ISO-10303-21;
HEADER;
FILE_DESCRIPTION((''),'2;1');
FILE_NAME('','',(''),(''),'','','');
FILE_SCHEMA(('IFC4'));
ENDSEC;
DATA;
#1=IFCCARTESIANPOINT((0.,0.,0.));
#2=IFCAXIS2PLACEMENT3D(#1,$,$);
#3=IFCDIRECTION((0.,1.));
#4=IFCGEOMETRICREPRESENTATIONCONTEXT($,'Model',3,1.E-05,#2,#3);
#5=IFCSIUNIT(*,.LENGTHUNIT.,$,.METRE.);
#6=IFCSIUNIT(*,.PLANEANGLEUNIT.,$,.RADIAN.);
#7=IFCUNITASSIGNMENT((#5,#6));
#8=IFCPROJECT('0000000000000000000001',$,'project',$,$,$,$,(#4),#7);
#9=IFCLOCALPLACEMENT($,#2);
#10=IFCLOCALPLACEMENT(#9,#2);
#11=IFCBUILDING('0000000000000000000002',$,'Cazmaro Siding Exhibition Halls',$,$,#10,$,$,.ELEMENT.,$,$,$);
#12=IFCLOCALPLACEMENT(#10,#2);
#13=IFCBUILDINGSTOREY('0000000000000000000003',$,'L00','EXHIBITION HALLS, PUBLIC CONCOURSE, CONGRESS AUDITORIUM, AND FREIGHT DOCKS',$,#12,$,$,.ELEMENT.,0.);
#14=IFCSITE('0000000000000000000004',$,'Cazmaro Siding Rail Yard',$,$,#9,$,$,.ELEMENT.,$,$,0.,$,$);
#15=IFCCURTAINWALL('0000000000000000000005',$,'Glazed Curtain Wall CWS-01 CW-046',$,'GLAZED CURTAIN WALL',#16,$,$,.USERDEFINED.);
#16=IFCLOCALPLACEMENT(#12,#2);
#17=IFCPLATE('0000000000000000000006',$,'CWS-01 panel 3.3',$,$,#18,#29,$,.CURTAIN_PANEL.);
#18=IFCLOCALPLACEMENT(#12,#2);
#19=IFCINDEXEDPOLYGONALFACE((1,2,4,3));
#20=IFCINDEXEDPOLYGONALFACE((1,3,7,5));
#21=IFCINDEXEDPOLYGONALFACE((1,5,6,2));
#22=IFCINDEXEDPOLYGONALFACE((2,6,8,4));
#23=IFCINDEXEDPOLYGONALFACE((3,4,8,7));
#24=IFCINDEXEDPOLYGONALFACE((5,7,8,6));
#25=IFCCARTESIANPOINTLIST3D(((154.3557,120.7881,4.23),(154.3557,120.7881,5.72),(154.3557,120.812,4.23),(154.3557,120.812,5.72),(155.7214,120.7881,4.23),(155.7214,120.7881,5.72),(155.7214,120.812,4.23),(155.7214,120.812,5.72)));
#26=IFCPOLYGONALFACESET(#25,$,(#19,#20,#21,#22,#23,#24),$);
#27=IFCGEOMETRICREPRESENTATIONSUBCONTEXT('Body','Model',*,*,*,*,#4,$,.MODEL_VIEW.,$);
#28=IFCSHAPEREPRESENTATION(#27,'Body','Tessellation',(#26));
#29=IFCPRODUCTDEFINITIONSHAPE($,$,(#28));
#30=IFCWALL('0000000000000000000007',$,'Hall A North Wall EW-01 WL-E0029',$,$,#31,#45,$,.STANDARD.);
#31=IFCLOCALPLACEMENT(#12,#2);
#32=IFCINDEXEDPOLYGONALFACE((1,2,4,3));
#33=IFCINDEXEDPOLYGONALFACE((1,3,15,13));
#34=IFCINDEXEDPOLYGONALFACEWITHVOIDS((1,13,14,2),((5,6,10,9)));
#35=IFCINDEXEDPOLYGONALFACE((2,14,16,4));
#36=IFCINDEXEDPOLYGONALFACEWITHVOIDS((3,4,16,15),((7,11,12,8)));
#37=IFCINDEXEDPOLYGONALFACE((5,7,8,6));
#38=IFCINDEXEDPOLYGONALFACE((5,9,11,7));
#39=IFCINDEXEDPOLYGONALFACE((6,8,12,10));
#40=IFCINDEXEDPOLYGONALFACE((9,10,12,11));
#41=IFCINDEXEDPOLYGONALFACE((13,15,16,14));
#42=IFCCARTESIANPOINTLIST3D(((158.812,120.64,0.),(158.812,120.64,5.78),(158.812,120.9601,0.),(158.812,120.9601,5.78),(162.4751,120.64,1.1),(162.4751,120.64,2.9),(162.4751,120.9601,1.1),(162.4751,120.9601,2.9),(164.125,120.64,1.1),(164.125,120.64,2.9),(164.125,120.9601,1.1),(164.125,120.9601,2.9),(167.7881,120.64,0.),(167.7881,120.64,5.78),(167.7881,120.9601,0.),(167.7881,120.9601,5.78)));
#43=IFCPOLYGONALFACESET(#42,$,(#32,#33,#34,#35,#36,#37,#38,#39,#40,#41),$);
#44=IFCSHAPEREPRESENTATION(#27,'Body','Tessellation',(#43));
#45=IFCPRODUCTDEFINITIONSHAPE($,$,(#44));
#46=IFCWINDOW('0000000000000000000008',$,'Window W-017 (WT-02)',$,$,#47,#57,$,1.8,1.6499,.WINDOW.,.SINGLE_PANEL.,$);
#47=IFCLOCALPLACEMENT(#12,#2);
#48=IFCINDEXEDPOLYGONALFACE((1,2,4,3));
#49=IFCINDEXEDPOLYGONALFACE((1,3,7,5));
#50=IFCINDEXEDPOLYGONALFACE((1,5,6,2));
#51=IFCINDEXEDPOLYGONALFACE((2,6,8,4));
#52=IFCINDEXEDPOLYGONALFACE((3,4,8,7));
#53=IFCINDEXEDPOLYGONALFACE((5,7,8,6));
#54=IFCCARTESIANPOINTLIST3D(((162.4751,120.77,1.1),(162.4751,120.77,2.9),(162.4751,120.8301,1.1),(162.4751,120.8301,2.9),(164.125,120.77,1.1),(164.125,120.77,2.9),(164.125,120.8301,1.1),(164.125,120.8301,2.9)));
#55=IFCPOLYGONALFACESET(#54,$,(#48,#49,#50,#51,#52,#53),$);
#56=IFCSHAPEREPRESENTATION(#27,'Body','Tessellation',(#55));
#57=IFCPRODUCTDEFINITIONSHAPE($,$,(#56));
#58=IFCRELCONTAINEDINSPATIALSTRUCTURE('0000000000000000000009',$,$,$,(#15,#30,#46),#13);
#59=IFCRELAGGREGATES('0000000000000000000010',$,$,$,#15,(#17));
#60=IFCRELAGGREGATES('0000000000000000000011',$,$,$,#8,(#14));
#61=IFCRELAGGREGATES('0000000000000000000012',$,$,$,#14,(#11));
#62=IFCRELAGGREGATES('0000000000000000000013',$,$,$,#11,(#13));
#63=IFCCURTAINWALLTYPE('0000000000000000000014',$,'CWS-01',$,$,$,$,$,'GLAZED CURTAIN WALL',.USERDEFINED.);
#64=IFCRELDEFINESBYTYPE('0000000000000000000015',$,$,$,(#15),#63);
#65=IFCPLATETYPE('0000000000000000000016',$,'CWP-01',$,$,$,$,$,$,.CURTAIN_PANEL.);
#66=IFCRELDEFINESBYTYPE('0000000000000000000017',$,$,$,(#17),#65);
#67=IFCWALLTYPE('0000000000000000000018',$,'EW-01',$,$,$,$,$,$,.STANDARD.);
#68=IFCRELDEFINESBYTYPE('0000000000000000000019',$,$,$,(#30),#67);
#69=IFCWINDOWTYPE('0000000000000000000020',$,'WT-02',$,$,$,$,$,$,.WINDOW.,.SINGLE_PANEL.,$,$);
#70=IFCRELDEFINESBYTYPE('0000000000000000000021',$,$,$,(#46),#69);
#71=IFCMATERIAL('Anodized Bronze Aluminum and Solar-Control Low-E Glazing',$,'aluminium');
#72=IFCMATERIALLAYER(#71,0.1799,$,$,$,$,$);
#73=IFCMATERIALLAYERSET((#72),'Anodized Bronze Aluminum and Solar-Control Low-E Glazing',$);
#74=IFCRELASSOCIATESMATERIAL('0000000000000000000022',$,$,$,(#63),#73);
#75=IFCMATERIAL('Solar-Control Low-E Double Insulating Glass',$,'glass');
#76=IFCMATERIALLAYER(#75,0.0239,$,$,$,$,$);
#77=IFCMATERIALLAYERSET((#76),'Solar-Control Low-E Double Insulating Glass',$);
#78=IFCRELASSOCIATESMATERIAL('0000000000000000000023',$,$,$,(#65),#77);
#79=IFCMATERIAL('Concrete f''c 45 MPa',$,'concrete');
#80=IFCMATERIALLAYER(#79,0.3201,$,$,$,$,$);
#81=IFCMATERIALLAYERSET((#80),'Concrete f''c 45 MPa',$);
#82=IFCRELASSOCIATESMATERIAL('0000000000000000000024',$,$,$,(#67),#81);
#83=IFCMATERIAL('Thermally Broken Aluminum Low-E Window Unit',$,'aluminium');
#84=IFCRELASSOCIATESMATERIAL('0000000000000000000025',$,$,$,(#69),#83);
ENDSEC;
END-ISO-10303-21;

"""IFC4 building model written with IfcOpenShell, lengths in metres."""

from ifc_helpers import new_model, si_unit, direction, frame, frame_2d, origin, origin_2d, place, context, subcontext, project, spatial, rectangle, extrude, material, layer, layer_set, type_object, element, fill, aggregate, save


model = new_model("IFC4")

# Units and contexts
model_context = context("Model", 3, precision=1e-05, world=origin(), true_north=direction((0.0, 1.0)))
body_context = subcontext(model_context, "Body", "Model", "MODEL_VIEW")
ifc_project = project(units=[si_unit("LENGTHUNIT", "METRE"), si_unit("PLANEANGLEUNIT", "RADIAN")], contexts=[model_context])

# Site, building, storey
site_placement = place(None, origin())
site = spatial("IfcSite", under=ifc_project, at=site_placement, Name="Cazmaro Siding Rail Yard", CompositionType="ELEMENT", RefElevation=0.0)
building_placement = place(site_placement, origin())
building = spatial("IfcBuilding", under=site, at=building_placement, Name="Cazmaro Siding Exhibition Halls", CompositionType="ELEMENT")
storey_placement = place(building_placement, origin())
storey = spatial("IfcBuildingStorey", under=building, at=storey_placement, Name="L00", Description="EXHIBITION HALLS, PUBLIC CONCOURSE, CONGRESS AUDITORIUM, AND FREIGHT DOCKS", CompositionType="ELEMENT", Elevation=0.0)

# Curtain wall, plate
ifc_material_1 = material(Name="Anodized Bronze Aluminum and Solar-Control Low-E Glazing", Category="aluminium")
ifc_layer_1 = layer(ifc_material_1, 0.1799)
ifc_layer_set_1 = layer_set([ifc_layer_1], Name="Anodized Bronze Aluminum and Solar-Control Low-E Glazing")
curtain_wall_type = type_object("IfcCurtainWallType", Name="CWS-01", ElementType="GLAZED CURTAIN WALL", PredefinedType="USERDEFINED", material=ifc_layer_set_1)
curtain_wall_placement = place(storey_placement, origin())
curtain_wall = element("IfcCurtainWall", 1, at=curtain_wall_placement, inside=storey, type_object=curtain_wall_type, Name="Glazed Curtain Wall CWS-01 CW-046", ObjectType="GLAZED CURTAIN WALL", PredefinedType="USERDEFINED")
ifc_material_2 = material(Name="Solar-Control Low-E Double Insulating Glass", Category="glass")
ifc_layer_2 = layer(ifc_material_2, 0.0239)
ifc_layer_set_2 = layer_set([ifc_layer_2], Name="Solar-Control Low-E Double Insulating Glass")
plate_type = type_object("IfcPlateType", Name="CWP-01", PredefinedType="CURTAIN_PANEL", material=ifc_layer_set_2)
plate_1_placement = place(storey_placement, frame((155.0386, 120.8, 4.23), z_axis=(0.0, 0.0, 1.0), x_axis=(-1.0, 0.0, 0.0)))
plate_1 = element("IfcPlate", 2, at=plate_1_placement, type_object=plate_type, Name="CWS-01 panel 3.3", PredefinedType="CURTAIN_PANEL", context=body_context, shape_type="SweptSolid", body=[
    extrude(rectangle(XDim=1.3657, YDim=0.0239, at=origin_2d()), origin(), (0.0, 0.0, 1.0), 1.49),
])
aggregate(curtain_wall, [plate_1])

# Wall, opening, window
ifc_material_3 = material(Name="Concrete f'c 45 MPa", Category="concrete")
ifc_layer_3 = layer(ifc_material_3, 0.3201)
ifc_layer_set_3 = layer_set([ifc_layer_3], Name="Concrete f'c 45 MPa")
wall_type = type_object("IfcWallType", Name="EW-01", PredefinedType="STANDARD", material=ifc_layer_set_3)
wall_placement = place(storey_placement, frame((158.812, 120.8, 0.0), z_axis=(0.0, 0.0, 1.0), x_axis=(1.0, 0.0, 0.0)))
wall = element("IfcWall", 3, at=wall_placement, inside=storey, type_object=wall_type, Name="Hall A North Wall EW-01 WL-E0029", PredefinedType="STANDARD", context=body_context, shape_type="SweptSolid", body=[
    extrude(rectangle(XDim=8.9761, YDim=0.3201, at=frame_2d((4.488, 0.0))), origin(), (0.0, 0.0, 1.0), 5.78),
])
opening_placement = place(wall_placement, frame((3.6631, 0.0, 1.1001)))
opening = element("IfcOpeningElement", 4, at=opening_placement, cuts=wall, PredefinedType="OPENING", context=body_context, shape_type="SweptSolid", body=[
    extrude(rectangle(XDim=1.6499, YDim=1.8, at=frame_2d((0.825, 0.8999))), frame((0.0, 0.1699, 0.0), z_axis=(0.0, -1.0, 0.0), x_axis=(1.0, 0.0, 0.0)), (0.0, 0.0, 1.0), 0.3401),
])
ifc_material_4 = material(Name="Thermally Broken Aluminum Low-E Window Unit", Category="aluminium")
window_type = type_object("IfcWindowType", Name="WT-02", PartitioningType="SINGLE_PANEL", PredefinedType="WINDOW", material=ifc_material_4)
window_placement = place(opening_placement, origin())
window = element("IfcWindow", 5, at=window_placement, inside=storey, type_object=window_type, Name="Window W-017 (WT-02)", OverallHeight=1.8, OverallWidth=1.6499, PartitioningType="SINGLE_PANEL", PredefinedType="WINDOW", context=body_context, shape_type="SweptSolid", body=[
    extrude(rectangle(XDim=1.6499, YDim=1.8, at=frame_2d((0.825, 0.8999))), frame((0.0, 0.03, 0.0), z_axis=(0.0, -1.0, 0.0), x_axis=(1.0, 0.0, 0.0)), (0.0, 0.0, 1.0), 0.0601),
])
fill(opening, window)

save(model, "model.ifc")
